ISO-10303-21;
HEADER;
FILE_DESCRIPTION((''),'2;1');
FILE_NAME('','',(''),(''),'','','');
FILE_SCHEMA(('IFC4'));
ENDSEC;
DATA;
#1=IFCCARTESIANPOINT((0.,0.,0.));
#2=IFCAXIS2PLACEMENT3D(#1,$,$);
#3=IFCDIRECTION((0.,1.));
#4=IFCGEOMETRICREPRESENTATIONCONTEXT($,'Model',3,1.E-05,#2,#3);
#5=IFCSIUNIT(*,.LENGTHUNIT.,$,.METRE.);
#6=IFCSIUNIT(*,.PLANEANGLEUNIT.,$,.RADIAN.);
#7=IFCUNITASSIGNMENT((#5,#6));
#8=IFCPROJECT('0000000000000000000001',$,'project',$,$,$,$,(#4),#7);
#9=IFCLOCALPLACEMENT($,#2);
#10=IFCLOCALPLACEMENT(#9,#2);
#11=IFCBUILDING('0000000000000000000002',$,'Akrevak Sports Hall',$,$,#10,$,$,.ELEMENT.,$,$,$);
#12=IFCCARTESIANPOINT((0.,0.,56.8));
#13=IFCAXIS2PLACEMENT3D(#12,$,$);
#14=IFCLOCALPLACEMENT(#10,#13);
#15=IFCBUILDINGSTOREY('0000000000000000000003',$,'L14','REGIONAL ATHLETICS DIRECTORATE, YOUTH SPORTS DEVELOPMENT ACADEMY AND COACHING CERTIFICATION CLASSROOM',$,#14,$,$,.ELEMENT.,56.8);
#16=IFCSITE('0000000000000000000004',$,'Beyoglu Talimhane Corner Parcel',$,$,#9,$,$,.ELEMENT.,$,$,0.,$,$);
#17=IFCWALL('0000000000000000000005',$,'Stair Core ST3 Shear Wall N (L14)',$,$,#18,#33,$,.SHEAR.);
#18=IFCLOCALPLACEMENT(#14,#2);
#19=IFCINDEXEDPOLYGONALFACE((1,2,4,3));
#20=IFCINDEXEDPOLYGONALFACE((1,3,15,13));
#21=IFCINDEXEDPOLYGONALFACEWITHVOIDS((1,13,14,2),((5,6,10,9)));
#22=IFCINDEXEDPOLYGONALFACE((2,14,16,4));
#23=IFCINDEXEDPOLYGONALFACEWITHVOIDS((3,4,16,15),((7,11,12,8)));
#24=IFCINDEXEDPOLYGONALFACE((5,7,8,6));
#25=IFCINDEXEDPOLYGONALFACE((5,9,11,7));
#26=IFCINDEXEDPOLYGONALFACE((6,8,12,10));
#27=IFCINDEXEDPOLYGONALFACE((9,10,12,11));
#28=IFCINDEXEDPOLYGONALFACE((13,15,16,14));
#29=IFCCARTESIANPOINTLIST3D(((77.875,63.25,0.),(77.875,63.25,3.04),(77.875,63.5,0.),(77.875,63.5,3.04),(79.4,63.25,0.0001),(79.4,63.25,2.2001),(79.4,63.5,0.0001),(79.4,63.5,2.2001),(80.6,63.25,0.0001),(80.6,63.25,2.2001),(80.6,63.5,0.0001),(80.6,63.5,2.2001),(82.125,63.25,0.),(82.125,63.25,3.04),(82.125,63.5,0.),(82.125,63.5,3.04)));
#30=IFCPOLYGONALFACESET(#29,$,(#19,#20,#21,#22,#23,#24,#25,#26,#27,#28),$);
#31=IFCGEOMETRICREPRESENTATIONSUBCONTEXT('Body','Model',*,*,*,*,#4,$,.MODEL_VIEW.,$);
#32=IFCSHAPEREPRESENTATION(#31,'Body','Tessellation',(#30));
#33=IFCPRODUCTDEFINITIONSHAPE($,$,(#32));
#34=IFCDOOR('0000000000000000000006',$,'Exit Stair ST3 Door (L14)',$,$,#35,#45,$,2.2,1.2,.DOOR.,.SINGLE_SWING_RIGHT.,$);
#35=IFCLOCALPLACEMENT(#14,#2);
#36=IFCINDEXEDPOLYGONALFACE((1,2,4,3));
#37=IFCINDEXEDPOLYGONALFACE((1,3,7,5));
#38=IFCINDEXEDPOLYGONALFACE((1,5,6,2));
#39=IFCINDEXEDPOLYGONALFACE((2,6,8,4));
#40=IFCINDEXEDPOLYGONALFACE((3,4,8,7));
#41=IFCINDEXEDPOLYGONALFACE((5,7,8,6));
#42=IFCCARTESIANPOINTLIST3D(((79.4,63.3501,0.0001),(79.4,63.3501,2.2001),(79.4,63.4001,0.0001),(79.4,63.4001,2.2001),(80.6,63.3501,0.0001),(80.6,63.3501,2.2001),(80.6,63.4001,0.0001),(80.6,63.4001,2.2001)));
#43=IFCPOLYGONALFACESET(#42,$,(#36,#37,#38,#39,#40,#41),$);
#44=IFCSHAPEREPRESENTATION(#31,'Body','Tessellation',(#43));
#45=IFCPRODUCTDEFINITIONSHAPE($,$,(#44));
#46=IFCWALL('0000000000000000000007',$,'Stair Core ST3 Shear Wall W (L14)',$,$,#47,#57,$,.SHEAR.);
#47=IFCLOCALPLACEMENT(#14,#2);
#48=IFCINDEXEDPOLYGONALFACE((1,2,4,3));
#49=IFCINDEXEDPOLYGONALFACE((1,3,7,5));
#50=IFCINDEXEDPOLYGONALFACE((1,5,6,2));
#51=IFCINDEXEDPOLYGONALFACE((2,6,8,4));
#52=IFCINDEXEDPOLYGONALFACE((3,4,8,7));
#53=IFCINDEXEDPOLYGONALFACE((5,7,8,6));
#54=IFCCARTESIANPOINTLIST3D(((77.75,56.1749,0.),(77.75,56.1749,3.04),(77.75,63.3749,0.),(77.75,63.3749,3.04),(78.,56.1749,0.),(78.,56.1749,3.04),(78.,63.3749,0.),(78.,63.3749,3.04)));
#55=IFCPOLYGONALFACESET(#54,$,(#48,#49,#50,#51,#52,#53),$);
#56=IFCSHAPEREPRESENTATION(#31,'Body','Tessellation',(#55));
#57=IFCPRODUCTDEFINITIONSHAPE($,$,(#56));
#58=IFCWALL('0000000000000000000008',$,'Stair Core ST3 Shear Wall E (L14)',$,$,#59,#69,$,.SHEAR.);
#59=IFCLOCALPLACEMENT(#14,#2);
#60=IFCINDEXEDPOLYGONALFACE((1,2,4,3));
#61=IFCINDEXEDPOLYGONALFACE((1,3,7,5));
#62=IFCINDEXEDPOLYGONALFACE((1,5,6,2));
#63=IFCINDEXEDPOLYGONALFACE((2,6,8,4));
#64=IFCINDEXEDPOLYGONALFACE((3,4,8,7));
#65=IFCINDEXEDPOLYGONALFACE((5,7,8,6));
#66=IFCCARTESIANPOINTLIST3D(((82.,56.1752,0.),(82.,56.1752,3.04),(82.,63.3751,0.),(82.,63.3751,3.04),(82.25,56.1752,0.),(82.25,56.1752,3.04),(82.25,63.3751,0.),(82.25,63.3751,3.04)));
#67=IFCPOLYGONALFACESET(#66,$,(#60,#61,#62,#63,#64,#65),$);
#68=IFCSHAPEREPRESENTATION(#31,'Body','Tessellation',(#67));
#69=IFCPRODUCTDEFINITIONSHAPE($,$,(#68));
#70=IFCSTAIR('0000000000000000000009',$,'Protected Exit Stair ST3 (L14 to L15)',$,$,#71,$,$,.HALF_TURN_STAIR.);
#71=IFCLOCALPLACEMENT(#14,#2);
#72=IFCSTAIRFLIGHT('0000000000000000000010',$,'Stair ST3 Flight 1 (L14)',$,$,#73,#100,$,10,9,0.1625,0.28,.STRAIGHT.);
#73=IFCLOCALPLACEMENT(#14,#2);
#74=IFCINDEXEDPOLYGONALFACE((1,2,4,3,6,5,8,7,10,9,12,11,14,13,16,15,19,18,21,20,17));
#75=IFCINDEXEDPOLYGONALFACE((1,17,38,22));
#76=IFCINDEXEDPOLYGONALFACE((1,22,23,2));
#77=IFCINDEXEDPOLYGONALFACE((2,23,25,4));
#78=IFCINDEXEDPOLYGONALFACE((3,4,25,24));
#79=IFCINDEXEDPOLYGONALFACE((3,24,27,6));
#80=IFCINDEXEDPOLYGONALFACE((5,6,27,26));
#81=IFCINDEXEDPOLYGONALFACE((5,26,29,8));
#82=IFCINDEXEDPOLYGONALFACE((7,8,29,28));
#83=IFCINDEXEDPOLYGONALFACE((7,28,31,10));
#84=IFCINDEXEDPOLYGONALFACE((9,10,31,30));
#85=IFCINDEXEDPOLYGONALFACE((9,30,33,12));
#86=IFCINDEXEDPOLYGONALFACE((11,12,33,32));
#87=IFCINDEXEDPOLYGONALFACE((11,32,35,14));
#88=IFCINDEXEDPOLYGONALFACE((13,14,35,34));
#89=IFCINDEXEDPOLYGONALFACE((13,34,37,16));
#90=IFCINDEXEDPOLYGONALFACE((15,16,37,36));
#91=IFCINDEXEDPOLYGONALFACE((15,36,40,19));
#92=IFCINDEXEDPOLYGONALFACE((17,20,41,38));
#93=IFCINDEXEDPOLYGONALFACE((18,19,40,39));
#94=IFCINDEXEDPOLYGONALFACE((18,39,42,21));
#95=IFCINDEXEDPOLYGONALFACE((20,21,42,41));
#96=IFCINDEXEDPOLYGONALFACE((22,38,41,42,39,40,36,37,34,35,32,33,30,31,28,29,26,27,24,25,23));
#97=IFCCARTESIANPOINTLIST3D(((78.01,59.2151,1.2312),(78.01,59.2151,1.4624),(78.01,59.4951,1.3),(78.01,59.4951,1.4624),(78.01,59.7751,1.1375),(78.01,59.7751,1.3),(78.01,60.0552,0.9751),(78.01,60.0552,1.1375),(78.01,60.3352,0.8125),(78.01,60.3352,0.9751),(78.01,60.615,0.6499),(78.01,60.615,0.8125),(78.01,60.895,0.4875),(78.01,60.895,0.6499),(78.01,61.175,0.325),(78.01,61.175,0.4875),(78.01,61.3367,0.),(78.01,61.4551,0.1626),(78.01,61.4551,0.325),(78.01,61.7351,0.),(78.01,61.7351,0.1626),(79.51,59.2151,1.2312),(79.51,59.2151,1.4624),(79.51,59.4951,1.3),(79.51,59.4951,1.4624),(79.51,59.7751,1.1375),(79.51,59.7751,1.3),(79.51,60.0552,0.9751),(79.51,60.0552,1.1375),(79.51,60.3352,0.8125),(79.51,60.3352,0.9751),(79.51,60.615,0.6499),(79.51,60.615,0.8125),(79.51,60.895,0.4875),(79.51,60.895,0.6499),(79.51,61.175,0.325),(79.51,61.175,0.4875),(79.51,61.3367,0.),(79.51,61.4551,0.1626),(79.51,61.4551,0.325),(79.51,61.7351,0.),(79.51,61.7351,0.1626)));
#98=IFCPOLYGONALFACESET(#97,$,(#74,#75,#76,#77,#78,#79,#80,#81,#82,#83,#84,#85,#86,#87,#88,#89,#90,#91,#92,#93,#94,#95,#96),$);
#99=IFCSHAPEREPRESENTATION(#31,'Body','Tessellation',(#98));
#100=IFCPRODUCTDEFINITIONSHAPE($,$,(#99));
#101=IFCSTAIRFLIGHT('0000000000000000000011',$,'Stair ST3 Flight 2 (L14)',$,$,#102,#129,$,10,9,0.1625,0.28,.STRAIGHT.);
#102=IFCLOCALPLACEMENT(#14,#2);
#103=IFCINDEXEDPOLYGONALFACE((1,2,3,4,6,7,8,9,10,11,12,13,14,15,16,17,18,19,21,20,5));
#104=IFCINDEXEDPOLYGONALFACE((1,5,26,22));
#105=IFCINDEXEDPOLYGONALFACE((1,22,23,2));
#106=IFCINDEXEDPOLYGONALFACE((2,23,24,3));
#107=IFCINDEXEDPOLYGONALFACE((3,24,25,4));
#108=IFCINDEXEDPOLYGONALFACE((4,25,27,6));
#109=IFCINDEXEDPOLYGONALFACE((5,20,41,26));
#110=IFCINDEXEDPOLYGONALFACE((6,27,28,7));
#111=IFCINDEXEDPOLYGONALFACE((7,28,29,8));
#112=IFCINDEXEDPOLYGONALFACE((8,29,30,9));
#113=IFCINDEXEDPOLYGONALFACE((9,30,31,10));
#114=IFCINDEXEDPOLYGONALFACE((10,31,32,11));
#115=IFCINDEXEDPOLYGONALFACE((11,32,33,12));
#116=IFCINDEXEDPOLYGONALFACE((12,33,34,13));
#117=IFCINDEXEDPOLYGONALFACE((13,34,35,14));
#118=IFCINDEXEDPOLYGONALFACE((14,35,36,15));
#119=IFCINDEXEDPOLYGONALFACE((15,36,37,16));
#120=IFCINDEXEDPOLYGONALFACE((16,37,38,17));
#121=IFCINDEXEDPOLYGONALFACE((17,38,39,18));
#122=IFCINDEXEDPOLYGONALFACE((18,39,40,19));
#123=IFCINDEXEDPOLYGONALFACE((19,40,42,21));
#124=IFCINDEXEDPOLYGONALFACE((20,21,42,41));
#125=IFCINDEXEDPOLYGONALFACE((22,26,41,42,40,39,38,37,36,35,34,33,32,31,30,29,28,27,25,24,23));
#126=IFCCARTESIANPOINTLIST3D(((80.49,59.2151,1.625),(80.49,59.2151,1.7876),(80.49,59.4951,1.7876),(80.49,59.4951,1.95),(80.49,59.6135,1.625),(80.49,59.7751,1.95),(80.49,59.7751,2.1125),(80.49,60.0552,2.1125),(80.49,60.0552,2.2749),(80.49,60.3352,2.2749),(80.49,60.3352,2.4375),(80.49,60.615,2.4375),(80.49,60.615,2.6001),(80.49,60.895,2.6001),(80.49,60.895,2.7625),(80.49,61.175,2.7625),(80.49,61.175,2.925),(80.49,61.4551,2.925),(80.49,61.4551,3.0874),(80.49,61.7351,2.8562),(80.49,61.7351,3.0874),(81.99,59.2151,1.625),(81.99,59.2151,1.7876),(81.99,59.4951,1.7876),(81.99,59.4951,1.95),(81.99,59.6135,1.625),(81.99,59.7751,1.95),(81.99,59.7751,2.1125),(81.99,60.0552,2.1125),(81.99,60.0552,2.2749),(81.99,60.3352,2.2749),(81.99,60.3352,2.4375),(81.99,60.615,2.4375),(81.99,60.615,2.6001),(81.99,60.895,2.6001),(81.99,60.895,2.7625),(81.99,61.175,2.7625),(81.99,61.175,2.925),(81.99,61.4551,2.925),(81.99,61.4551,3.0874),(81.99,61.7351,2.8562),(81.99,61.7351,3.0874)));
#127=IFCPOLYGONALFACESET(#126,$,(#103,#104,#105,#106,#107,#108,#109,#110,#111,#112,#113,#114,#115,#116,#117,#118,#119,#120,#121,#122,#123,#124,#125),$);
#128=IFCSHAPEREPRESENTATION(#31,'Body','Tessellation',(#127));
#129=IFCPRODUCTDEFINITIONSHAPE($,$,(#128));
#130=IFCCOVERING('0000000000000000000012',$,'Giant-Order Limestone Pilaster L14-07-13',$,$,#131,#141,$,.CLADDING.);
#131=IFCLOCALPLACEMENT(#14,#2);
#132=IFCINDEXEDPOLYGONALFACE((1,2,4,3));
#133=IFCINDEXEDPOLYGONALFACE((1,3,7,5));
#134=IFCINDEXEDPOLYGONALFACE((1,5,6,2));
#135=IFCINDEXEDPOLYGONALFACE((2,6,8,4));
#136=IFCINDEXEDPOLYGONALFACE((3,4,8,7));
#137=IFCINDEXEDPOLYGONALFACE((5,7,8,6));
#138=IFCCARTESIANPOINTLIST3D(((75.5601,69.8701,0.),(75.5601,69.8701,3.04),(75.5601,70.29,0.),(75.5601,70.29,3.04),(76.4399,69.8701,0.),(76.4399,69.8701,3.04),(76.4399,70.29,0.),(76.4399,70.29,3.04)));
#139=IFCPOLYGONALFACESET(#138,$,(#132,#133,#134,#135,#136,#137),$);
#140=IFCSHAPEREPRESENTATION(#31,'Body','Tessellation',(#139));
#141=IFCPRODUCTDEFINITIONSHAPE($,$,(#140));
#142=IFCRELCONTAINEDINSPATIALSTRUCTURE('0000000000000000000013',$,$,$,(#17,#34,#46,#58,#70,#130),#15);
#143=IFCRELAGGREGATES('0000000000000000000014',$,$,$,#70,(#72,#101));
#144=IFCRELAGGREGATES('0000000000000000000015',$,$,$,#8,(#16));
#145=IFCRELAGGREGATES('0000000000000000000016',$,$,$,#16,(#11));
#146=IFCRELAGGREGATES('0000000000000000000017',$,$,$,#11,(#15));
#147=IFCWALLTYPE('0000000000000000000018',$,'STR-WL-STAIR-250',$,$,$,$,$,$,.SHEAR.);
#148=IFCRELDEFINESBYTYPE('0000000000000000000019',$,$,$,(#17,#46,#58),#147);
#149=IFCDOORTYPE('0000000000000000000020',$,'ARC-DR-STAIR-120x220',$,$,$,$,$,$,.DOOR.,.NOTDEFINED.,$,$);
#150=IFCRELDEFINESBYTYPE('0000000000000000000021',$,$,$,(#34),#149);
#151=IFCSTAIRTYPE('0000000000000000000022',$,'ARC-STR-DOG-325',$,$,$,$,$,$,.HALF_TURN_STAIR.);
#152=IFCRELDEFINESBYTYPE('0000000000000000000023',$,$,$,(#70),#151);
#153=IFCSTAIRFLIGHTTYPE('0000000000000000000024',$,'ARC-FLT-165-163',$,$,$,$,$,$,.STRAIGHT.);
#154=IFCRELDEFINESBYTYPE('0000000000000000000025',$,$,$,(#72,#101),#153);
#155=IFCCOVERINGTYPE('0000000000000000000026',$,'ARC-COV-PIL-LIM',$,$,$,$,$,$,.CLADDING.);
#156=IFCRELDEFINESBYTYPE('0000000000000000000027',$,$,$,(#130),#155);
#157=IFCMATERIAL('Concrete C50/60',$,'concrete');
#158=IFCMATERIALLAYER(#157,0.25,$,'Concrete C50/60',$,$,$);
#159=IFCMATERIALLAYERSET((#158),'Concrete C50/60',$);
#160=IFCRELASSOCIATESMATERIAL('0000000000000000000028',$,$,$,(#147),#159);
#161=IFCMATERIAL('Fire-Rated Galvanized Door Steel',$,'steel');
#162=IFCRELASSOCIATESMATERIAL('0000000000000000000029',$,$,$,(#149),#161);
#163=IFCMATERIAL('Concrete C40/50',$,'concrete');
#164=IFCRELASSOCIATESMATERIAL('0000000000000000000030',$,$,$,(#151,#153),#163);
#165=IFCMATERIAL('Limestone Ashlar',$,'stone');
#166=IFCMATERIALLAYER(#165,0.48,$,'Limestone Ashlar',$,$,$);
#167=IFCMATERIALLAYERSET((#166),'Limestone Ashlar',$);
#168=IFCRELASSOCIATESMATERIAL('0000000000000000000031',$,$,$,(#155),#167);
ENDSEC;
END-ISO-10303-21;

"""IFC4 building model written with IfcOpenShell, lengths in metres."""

from ifc_helpers import new_model, si_unit, direction, frame, frame_2d, origin, origin_2d, place, context, subcontext, project, spatial, polyline, rectangle, outline, extrude, material, layer, layer_set, type_object, element, fill, aggregate, save


model = new_model("IFC4")

# Units and contexts
model_context = context("Model", 3, precision=1e-05, world=origin(), true_north=direction((0.0, 1.0)))
body_context = subcontext(model_context, "Body", "Model", "MODEL_VIEW")
ifc_project = project(units=[si_unit("LENGTHUNIT", "METRE"), si_unit("PLANEANGLEUNIT", "RADIAN")], contexts=[model_context])

# Site, building, storey
site_placement = place(None, origin())
site = spatial("IfcSite", under=ifc_project, at=site_placement, Name="Beyoglu Talimhane Corner Parcel", CompositionType="ELEMENT", RefElevation=0.0)
building_placement = place(site_placement, origin())
building = spatial("IfcBuilding", under=site, at=building_placement, Name="Akrevak Sports Hall", CompositionType="ELEMENT")
storey_placement = place(building_placement, frame((0.0, 0.0, 56.8)))
storey = spatial("IfcBuildingStorey", under=building, at=storey_placement, Name="L14", Description="REGIONAL ATHLETICS DIRECTORATE, YOUTH SPORTS DEVELOPMENT ACADEMY AND COACHING CERTIFICATION CLASSROOM", CompositionType="ELEMENT", Elevation=56.8)

# Shared definitions
ifc_material_1 = material(Name="Concrete C40/50", Category="concrete")

# Shared definitions
ifc_material_2 = material(Name="Fire-Rated Galvanized Door Steel", Category="steel")

# Shared definitions
ifc_material_3 = material(Name="Concrete C50/60", Category="concrete")
ifc_layer_1 = layer(ifc_material_3, 0.25, Name="Concrete C50/60")
ifc_layer_set_1 = layer_set([ifc_layer_1], Name="Concrete C50/60")
wall_type_1 = type_object("IfcWallType", Name="STR-WL-STAIR-250", PredefinedType="SHEAR", material=ifc_layer_set_1)

# Wall, opening, door
wall_1_placement = place(storey_placement, frame((82.125, 63.375, 0.0), z_axis=(0.0, 0.0, 1.0), x_axis=(-1.0, 0.0, 0.0)))
wall_1 = element("IfcWall", 1, at=wall_1_placement, inside=storey, type_object=wall_type_1, Name="Stair Core ST3 Shear Wall N (L14)", PredefinedType="SHEAR", context=body_context, shape_type="SweptSolid", body=[
    extrude(rectangle(XDim=4.25, YDim=0.25, at=frame_2d((2.125, 0.0))), origin(), (0.0, 0.0, 1.0), 3.04),
])
opening_1_placement = place(wall_1_placement, frame((1.5249, 0.0, 0.0)))
opening_1 = element("IfcOpeningElement", 2, at=opening_1_placement, cuts=wall_1, PredefinedType="OPENING", context=body_context, shape_type="SweptSolid", body=[
    extrude(rectangle(XDim=1.2, YDim=2.2, at=frame_2d((0.6001, 1.1001))), frame((0.0, 0.137, 0.0), z_axis=(0.0, -1.0, 0.0), x_axis=(1.0, 0.0, 0.0)), (0.0, 0.0, 1.0), 0.2739),
])
door_type_1 = type_object("IfcDoorType", Name="ARC-DR-STAIR-120x220", OperationType="NOTDEFINED", PredefinedType="DOOR", material=ifc_material_2)
door_1_placement = place(opening_1_placement, origin())
door_1 = element("IfcDoor", 3, at=door_1_placement, inside=storey, type_object=door_type_1, Name="Exit Stair ST3 Door (L14)", OperationType="SINGLE_SWING_RIGHT", OverallHeight=2.2, OverallWidth=1.2, PredefinedType="DOOR", context=body_context, shape_type="SweptSolid", body=[
    extrude(rectangle(XDim=1.2, YDim=2.2, at=frame_2d((0.6001, 1.1001))), frame((0.0, 0.0249, 0.0), z_axis=(0.0, -1.0, 0.0), x_axis=(1.0, 0.0, 0.0)), (0.0, 0.0, 1.0), 0.05),
])
fill(opening_1, door_1)

# Walls
for number, where, z_axis, x_axis, name in (
    (4, (77.875, 63.375, 0.0), (0.0, 0.0, 1.0), (0.0, -1.0, 0.0), "Stair Core ST3 Shear Wall W (L14)"),
    (5, (82.125, 56.175, 0.0), (0.0, 0.0, 1.0), (0.0, 1.0, 0.0), "Stair Core ST3 Shear Wall E (L14)"),
):
    element("IfcWall", number, at=place(storey_placement, frame(where, z_axis=z_axis, x_axis=x_axis)), inside=storey, type_object=wall_type_1, Name=name, PredefinedType="SHEAR", context=body_context, shape_type="SweptSolid", body=[
        extrude(rectangle(XDim=7.2, YDim=0.25, at=frame_2d((3.6001, 0.0))), origin(), (0.0, 0.0, 1.0), 3.04),
    ])

# Stair, stair flights
stair_type = type_object("IfcStairType", Name="ARC-STR-DOG-325", PredefinedType="HALF_TURN_STAIR", material=ifc_material_1)
stair_placement = place(storey_placement, origin())
stair = element("IfcStair", 6, at=stair_placement, inside=storey, type_object=stair_type, Name="Protected Exit Stair ST3 (L14 to L15)", PredefinedType="HALF_TURN_STAIR")
stair_flight_type = type_object("IfcStairFlightType", Name="ARC-FLT-165-163", PredefinedType="STRAIGHT", material=ifc_material_1)
stair_flight_1_placement = place(storey_placement, frame((78.76, 61.7351, 0.0), z_axis=(0.0, 0.0, 1.0), x_axis=(0.0, -1.0, 0.0)))
stair_flight_1 = element("IfcStairFlight", 7, at=stair_flight_1_placement, type_object=stair_flight_type, Name="Stair ST3 Flight 1 (L14)", NumberOfRisers=10, NumberOfTreads=9, PredefinedType="STRAIGHT", RiserHeight=0.1625, TreadLength=0.28, context=body_context, shape_type="SweptSolid", body=[
    extrude(outline(polyline([(0.0, 0.0), (0.0, 0.1626), (0.28, 0.1626), (0.28, 0.325), (0.5601, 0.325), (0.5601, 0.4875), (0.8401, 0.4875), (0.8401, 0.6499), (1.1201, 0.6499), (1.1201, 0.8125), (1.3999, 0.8125), (1.3999, 0.9751), (1.6799, 0.9751), (1.6799, 1.1375), (1.96, 1.1375), (1.96, 1.3), (2.24, 1.3), (2.24, 1.4624), (2.52, 1.4624), (2.52, 1.625), (2.52, 1.2312), (0.3984, 0.0), (0.0, 0.0)])), frame((0.0, 0.75, 0.0), z_axis=(0.0, -1.0, 0.0), x_axis=(1.0, 0.0, 0.0)), (0.0, 0.0, 1.0), 1.5),
])
stair_flight_2_placement = place(storey_placement, frame((81.24, 59.2151, 1.625), z_axis=(0.0, 0.0, 1.0), x_axis=(0.0, 1.0, 0.0)))
stair_flight_2 = element("IfcStairFlight", 8, at=stair_flight_2_placement, type_object=stair_flight_type, Name="Stair ST3 Flight 2 (L14)", NumberOfRisers=10, NumberOfTreads=9, PredefinedType="STRAIGHT", RiserHeight=0.1625, TreadLength=0.28, context=body_context, shape_type="SweptSolid", body=[
    extrude(outline(polyline([(0.0, 0.0), (0.0, 0.1626), (0.28, 0.1626), (0.28, 0.325), (0.5601, 0.325), (0.5601, 0.4875), (0.8401, 0.4875), (0.8401, 0.6499), (1.1201, 0.6499), (1.1201, 0.8125), (1.3999, 0.8125), (1.3999, 0.9751), (1.6799, 0.9751), (1.6799, 1.1375), (1.96, 1.1375), (1.96, 1.3), (2.24, 1.3), (2.24, 1.4624), (2.52, 1.4624), (2.52, 1.625), (2.52, 1.2312), (0.3984, 0.0), (0.0, 0.0)])), frame((0.0, 0.75, 0.0), z_axis=(0.0, -1.0, 0.0), x_axis=(1.0, 0.0, 0.0)), (0.0, 0.0, 1.0), 1.5),
])
aggregate(stair, [stair_flight_1, stair_flight_2])

# Covering
ifc_material_4 = material(Name="Limestone Ashlar", Category="stone")
ifc_layer_2 = layer(ifc_material_4, 0.48, Name="Limestone Ashlar")
ifc_layer_set_2 = layer_set([ifc_layer_2], Name="Limestone Ashlar")
covering_type = type_object("IfcCoveringType", Name="ARC-COV-PIL-LIM", PredefinedType="CLADDING", material=ifc_layer_set_2)
covering_placement = place(storey_placement, frame((76.0, 70.0801, 0.0), z_axis=(0.0, 0.0, 1.0), x_axis=(-1.0, 0.0, 0.0)))
element("IfcCovering", 9, at=covering_placement, inside=storey, type_object=covering_type, Name="Giant-Order Limestone Pilaster L14-07-13", PredefinedType="CLADDING", context=body_context, shape_type="SweptSolid", body=[
    extrude(rectangle(XDim=0.8799, YDim=0.4199, at=origin_2d()), origin(), (0.0, 0.0, 1.0), 3.04),
])

save(model, "model.ifc")
